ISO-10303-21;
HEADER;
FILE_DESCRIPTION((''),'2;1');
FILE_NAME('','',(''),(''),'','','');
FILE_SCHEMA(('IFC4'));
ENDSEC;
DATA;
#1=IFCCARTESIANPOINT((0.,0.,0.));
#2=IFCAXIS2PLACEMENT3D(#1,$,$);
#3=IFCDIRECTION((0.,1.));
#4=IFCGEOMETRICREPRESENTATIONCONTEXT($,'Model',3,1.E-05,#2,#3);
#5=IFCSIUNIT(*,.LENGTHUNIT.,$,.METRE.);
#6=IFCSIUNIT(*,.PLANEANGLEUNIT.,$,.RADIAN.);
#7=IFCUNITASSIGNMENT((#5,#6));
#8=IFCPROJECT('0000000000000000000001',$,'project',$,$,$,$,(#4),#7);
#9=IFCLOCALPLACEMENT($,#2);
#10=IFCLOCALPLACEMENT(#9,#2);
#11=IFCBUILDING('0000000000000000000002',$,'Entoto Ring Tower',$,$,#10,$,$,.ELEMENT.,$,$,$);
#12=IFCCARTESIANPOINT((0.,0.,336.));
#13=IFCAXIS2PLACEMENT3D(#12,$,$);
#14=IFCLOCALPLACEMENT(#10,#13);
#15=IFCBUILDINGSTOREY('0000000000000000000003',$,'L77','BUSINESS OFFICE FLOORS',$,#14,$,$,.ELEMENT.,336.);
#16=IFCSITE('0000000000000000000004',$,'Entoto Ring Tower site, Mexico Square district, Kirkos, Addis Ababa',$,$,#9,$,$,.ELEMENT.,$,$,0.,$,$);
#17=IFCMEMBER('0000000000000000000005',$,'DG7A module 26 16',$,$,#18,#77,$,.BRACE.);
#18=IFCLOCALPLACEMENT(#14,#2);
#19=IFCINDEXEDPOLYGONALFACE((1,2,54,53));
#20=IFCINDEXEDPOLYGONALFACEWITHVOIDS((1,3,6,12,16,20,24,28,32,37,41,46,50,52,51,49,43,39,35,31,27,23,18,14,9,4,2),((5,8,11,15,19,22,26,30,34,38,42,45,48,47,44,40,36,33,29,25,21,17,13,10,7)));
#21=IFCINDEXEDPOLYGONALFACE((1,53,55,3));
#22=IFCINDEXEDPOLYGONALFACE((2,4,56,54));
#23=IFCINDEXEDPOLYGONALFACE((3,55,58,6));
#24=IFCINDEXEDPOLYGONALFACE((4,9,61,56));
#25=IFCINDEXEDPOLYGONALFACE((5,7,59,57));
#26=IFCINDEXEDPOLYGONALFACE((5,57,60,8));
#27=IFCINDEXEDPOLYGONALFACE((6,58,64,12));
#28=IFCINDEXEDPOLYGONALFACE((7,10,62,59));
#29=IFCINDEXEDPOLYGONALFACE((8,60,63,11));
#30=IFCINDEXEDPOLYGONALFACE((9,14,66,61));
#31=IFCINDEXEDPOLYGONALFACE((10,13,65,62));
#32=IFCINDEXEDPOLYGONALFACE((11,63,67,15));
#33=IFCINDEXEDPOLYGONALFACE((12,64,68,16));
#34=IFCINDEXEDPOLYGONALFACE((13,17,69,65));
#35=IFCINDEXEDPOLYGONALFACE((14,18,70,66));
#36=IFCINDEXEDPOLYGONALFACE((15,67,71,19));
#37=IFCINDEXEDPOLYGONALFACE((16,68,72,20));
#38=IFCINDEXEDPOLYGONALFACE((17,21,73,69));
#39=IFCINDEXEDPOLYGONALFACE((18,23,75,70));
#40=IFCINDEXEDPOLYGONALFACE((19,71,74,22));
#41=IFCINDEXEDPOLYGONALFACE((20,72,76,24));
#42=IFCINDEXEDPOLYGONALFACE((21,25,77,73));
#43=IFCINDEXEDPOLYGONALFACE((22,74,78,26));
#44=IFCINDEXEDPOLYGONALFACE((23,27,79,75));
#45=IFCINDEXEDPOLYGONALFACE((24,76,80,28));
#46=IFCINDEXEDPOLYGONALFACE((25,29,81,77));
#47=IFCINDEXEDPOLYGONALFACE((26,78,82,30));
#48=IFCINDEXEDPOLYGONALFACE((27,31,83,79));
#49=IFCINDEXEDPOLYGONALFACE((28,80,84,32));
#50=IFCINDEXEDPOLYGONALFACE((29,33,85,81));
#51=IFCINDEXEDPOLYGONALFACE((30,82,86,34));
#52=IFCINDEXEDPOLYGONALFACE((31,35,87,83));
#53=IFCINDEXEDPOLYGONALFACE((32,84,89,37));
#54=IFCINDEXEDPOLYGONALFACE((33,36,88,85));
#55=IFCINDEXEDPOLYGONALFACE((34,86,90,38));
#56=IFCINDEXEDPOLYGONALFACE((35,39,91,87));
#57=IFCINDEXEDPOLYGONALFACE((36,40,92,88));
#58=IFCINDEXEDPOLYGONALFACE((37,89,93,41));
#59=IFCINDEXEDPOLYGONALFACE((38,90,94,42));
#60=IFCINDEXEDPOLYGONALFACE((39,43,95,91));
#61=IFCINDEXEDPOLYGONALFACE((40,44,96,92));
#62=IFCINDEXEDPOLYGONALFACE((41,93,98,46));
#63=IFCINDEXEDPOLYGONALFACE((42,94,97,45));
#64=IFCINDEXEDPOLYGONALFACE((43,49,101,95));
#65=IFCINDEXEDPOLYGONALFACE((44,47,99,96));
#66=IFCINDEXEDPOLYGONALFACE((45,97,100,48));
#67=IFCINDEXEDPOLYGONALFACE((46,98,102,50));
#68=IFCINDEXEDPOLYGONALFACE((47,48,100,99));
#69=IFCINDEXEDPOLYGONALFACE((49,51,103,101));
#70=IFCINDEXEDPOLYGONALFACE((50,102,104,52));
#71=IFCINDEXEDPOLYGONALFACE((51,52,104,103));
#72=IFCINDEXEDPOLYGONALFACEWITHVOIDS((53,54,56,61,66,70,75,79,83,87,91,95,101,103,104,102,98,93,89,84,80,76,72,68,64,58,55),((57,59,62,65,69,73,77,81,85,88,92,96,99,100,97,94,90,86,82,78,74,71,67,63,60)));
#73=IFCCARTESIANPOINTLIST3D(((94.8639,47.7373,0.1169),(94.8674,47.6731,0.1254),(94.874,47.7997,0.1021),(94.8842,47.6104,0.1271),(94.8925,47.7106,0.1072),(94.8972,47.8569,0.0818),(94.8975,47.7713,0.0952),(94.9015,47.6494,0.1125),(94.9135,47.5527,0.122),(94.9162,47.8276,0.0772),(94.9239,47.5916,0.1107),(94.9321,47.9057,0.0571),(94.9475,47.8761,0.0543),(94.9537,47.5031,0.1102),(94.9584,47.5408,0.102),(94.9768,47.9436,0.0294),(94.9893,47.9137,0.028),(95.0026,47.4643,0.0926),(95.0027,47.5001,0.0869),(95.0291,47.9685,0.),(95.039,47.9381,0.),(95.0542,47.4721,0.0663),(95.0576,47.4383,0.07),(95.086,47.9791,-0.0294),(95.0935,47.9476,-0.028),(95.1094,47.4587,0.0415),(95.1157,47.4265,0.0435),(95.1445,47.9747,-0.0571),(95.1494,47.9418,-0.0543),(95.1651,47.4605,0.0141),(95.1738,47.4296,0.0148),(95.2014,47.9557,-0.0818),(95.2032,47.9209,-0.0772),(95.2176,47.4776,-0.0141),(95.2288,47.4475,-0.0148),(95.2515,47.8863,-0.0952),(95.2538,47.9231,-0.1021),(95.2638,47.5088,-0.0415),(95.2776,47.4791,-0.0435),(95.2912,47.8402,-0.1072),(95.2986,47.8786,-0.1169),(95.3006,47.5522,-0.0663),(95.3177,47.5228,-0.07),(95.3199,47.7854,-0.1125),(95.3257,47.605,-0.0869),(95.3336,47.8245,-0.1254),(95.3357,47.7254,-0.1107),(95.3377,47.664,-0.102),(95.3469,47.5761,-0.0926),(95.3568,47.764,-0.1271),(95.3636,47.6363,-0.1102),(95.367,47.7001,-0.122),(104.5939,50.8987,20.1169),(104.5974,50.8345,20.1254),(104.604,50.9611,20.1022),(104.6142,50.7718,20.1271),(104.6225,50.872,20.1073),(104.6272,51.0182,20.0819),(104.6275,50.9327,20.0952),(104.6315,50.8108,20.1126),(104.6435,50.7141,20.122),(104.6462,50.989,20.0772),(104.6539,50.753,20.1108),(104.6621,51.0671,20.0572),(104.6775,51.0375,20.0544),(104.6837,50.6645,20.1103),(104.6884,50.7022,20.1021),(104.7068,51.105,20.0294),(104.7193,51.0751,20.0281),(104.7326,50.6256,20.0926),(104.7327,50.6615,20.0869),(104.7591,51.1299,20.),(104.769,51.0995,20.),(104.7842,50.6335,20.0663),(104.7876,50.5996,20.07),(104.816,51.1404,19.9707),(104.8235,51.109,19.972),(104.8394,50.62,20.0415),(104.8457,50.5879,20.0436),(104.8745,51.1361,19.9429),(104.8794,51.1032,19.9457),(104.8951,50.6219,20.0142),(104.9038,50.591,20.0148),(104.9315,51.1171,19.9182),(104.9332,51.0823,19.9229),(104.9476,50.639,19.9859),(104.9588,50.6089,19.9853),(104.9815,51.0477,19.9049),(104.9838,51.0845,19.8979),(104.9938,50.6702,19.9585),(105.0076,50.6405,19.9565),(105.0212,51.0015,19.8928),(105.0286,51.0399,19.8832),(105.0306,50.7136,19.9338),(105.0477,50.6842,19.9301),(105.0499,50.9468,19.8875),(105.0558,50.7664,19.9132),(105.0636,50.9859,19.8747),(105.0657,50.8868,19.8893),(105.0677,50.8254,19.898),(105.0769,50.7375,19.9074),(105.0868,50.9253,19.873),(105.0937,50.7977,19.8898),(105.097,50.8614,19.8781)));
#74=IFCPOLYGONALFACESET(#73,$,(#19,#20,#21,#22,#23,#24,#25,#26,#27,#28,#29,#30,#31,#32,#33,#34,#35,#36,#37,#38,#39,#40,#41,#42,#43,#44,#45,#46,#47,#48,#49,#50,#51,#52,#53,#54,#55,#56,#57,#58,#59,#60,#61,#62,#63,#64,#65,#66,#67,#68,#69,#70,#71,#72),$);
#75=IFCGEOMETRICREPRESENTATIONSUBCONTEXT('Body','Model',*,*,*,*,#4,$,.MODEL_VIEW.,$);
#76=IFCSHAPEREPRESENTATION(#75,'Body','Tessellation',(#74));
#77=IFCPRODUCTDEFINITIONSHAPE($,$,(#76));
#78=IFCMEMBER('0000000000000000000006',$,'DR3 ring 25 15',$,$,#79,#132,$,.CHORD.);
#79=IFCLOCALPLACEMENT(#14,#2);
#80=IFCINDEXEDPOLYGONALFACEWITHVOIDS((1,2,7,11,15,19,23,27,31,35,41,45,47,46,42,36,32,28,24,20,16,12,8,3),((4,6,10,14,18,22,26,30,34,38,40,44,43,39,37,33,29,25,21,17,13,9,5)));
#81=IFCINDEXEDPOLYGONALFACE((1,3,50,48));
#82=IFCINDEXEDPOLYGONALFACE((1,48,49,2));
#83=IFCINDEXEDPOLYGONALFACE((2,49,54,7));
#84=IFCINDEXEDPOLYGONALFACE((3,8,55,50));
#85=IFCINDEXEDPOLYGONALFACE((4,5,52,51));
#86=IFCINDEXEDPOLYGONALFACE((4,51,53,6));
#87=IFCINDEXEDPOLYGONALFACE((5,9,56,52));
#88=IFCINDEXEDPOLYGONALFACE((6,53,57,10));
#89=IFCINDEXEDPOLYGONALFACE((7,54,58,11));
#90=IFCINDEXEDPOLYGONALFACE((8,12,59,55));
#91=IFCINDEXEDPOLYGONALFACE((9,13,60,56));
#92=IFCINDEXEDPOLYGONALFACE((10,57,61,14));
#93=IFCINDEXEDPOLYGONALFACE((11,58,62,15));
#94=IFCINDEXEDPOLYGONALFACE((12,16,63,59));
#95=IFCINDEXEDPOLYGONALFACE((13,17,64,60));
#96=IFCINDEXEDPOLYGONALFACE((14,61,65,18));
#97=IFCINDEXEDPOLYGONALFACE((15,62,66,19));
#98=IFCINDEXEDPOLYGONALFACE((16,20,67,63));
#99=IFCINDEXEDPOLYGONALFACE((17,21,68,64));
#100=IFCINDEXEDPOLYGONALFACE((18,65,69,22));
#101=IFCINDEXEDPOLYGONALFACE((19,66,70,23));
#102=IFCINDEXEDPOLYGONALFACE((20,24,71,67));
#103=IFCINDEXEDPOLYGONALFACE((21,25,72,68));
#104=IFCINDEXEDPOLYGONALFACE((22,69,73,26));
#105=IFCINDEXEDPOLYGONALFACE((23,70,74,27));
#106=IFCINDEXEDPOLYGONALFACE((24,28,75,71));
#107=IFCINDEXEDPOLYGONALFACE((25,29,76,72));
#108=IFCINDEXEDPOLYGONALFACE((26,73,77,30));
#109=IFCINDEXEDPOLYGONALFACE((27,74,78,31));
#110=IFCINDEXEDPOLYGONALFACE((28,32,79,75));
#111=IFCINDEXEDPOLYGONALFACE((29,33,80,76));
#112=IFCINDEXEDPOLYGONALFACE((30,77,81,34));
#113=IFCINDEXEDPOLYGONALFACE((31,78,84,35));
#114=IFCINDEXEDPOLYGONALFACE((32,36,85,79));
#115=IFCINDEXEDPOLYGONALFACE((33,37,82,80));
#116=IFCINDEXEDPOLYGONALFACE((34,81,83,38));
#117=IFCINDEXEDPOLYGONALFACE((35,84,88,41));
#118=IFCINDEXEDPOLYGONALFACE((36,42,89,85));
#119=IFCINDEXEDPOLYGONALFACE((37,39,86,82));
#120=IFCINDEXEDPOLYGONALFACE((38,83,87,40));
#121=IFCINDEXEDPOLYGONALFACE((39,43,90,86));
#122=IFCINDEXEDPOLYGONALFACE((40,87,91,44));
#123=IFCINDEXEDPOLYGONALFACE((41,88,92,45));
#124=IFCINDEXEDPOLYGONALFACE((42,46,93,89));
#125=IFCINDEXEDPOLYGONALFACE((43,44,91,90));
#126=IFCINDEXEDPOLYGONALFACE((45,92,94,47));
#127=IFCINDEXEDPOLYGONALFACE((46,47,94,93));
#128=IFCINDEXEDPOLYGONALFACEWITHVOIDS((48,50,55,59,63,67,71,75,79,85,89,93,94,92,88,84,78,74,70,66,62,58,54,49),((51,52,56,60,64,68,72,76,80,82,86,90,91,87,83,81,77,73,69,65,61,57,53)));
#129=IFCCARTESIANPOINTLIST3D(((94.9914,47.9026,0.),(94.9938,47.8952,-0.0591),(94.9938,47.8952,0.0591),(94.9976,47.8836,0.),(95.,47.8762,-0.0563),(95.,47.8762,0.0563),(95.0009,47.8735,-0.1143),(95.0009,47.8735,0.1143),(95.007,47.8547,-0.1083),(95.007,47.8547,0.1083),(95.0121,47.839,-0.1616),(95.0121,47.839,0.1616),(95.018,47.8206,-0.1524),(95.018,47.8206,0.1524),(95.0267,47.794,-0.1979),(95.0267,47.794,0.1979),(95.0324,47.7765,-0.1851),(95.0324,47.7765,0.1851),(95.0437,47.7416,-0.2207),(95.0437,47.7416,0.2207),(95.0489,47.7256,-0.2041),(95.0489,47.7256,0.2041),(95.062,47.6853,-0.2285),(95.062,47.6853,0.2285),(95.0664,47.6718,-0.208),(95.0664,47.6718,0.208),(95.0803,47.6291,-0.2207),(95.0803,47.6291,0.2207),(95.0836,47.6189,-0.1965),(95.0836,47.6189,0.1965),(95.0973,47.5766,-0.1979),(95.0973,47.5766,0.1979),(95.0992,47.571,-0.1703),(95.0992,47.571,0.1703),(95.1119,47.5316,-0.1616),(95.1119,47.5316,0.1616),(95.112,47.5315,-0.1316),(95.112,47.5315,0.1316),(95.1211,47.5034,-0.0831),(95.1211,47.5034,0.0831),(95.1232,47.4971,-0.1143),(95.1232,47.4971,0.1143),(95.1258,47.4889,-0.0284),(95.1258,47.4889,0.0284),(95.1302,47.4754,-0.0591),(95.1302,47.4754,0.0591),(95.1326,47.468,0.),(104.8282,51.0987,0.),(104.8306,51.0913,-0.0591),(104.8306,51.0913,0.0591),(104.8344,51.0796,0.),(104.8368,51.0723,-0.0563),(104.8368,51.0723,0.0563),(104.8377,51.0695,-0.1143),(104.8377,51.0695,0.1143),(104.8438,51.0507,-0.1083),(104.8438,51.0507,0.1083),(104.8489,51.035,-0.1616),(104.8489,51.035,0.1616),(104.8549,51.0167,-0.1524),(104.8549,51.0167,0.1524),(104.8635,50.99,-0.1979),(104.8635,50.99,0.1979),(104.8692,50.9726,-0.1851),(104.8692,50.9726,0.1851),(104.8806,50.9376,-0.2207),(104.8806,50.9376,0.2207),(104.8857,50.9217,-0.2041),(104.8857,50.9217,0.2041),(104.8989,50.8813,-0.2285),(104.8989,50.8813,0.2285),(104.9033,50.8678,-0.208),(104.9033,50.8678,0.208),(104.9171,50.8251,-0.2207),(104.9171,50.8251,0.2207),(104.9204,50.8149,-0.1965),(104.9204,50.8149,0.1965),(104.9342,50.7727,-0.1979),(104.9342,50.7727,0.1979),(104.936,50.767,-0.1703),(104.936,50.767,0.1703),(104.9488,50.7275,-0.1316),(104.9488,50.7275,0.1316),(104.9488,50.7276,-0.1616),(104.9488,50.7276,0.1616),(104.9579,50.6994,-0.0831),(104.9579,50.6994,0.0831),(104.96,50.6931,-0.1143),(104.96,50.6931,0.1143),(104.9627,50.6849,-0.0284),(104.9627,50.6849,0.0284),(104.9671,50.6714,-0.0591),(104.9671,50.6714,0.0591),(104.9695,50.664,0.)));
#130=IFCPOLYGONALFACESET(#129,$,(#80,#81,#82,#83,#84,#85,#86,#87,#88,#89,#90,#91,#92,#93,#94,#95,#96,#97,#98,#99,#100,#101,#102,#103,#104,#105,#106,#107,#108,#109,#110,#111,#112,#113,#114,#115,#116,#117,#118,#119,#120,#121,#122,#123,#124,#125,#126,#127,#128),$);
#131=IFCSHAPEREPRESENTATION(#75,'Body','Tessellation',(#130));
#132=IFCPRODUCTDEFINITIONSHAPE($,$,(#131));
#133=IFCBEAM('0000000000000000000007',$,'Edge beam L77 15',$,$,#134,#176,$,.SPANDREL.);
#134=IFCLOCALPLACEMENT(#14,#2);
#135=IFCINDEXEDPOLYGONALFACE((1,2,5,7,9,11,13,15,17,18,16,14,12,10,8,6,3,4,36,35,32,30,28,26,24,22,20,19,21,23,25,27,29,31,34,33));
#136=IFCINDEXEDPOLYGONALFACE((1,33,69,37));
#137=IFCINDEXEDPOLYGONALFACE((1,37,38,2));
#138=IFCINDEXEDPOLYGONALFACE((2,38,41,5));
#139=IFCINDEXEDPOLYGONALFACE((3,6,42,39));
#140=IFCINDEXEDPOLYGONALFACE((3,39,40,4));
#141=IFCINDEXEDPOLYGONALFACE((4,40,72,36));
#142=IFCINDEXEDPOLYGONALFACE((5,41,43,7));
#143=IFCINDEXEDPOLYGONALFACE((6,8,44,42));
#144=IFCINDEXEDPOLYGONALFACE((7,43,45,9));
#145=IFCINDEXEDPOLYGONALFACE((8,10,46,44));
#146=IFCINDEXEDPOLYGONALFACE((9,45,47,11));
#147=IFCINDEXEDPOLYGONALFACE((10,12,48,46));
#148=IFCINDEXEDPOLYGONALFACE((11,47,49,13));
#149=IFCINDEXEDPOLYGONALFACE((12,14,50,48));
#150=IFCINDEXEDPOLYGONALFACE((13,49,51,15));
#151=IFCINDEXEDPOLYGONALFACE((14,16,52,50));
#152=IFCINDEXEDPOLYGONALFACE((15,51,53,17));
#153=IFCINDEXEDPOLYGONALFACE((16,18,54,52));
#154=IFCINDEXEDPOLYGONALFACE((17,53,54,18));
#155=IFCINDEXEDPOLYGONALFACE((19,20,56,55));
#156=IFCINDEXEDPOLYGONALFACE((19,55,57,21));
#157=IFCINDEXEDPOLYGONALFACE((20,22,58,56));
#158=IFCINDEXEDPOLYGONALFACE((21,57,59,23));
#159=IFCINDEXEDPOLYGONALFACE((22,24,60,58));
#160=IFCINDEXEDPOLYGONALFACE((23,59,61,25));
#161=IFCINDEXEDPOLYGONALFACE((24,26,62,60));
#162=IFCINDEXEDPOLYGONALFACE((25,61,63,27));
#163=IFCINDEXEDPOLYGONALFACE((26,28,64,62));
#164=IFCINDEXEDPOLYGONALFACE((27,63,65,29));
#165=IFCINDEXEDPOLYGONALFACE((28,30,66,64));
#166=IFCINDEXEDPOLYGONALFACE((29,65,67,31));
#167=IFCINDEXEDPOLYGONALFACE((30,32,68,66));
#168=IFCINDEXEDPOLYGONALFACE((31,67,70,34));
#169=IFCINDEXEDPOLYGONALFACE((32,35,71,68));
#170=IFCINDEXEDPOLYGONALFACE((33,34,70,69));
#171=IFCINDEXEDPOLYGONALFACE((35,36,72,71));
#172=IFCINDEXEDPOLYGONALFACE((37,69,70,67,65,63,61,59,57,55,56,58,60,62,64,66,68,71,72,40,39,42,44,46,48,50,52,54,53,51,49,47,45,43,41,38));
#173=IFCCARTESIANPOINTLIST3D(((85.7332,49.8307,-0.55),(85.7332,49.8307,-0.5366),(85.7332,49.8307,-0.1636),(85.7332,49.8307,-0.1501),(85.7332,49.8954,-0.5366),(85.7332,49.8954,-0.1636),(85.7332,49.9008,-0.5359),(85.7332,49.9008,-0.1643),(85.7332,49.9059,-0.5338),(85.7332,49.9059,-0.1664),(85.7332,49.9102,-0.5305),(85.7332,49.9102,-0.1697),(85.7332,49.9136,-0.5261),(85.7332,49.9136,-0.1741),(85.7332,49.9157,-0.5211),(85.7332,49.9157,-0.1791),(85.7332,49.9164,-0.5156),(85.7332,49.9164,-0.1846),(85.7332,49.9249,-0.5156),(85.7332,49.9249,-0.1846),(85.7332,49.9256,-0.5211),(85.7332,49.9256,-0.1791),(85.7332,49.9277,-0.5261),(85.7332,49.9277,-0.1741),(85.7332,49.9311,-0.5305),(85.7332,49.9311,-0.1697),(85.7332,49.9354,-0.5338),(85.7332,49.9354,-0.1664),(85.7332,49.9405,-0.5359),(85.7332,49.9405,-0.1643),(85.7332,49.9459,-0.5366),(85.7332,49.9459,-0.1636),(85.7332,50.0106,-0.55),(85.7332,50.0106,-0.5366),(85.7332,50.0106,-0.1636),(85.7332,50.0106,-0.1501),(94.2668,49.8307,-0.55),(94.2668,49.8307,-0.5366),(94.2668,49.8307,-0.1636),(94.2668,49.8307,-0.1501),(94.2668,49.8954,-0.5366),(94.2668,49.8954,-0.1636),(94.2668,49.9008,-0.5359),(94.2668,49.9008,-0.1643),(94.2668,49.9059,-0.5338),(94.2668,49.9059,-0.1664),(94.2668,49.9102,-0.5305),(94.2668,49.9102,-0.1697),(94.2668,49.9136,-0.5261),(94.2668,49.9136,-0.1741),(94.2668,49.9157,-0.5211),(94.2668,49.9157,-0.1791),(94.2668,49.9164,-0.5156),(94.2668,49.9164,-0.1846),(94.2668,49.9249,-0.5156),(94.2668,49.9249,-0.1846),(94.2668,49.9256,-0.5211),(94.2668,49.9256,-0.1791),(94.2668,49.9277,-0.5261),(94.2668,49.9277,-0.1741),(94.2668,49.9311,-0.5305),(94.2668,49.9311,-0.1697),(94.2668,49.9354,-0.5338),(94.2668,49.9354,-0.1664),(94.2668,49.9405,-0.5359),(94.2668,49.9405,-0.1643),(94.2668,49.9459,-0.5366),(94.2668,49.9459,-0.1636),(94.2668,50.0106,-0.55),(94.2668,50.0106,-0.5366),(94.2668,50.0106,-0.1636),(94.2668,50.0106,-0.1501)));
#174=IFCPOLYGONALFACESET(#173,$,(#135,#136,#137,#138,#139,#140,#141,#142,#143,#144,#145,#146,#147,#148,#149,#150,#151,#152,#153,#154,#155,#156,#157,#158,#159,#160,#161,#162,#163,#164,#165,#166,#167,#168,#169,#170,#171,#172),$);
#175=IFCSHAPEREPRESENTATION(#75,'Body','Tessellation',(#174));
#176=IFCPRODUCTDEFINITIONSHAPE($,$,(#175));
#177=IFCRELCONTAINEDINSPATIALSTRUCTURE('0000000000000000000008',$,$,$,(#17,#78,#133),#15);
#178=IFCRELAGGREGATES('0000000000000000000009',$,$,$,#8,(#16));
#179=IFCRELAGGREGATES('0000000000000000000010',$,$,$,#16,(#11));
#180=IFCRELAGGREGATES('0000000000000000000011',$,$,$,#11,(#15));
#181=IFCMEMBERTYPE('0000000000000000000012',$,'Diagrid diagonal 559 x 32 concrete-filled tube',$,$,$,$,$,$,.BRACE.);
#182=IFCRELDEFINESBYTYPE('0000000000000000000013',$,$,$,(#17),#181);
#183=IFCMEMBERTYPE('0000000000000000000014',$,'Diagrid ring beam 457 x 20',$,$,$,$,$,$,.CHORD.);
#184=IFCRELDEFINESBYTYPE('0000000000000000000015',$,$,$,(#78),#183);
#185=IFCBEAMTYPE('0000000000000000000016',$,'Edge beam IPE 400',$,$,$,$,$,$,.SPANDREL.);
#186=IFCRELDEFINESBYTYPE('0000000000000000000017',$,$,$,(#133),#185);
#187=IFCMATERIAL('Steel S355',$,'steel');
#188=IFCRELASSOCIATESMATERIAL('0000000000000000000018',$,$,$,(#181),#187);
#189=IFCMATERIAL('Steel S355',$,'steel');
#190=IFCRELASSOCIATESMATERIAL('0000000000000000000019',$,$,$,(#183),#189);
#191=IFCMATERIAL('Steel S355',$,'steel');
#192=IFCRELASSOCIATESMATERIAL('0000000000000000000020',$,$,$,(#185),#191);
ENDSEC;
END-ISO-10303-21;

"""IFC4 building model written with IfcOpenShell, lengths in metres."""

from ifc_helpers import new_model, si_unit, direction, frame, origin, origin_2d, place, context, subcontext, project, spatial, circle, hollow_circle, i_section, extrude, material, material_profile, profile_set, type_object, element, save


model = new_model("IFC4")

# Units and contexts
model_context = context("Model", 3, precision=1e-05, world=origin(), true_north=direction((0.0, 1.0)))
body_context = subcontext(model_context, "Body", "Model", "MODEL_VIEW")
ifc_project = project(units=[si_unit("LENGTHUNIT", "METRE"), si_unit("PLANEANGLEUNIT", "RADIAN")], contexts=[model_context])

# Site, building, storey
site_placement = place(None, origin())
site = spatial("IfcSite", under=ifc_project, at=site_placement, Name="Entoto Ring Tower site, Mexico Square district, Kirkos, Addis Ababa", CompositionType="ELEMENT", RefElevation=0.0)
building_placement = place(site_placement, origin())
building = spatial("IfcBuilding", under=site, at=building_placement, Name="Entoto Ring Tower", CompositionType="ELEMENT")
storey_placement = place(building_placement, frame((0.0, 0.0, 336.0)))
storey = spatial("IfcBuildingStorey", under=building, at=storey_placement, Name="L77", Description="BUSINESS OFFICE FLOORS", CompositionType="ELEMENT", Elevation=336.0)

# Members
ifc_material_1 = material(Name="Steel S355", Category="steel")
ifc_material_profile_1 = material_profile(ifc_material_1, hollow_circle(Radius=0.2795, WallThickness=0.032, at=origin_2d()), Name="CHS 559 x 32")
ifc_material_2 = material(Name="Concrete C60/75", Category="concrete")
ifc_material_profile_2 = material_profile(ifc_material_2, circle(Radius=0.2476, at=origin_2d()), Name="Concrete C60/75 infill")
ifc_profile_set_1 = profile_set([ifc_material_profile_1, ifc_material_profile_2], Name="Steel S355")
member_type_1 = type_object("IfcMemberType", Name="Diagrid diagonal 559 x 32 concrete-filled tube", PredefinedType="BRACE", material=ifc_profile_set_1)
for number, where, z_axis, x_axis, name in (
    (1, (95.1155, 47.7026, 0.0), (0.433121, 0.140726, 0.890282), (-0.309009, 0.951059, 0.0), "DG7A module 26 16"),
):
    element("IfcMember", number, at=place(storey_placement, frame(where, z_axis=z_axis, x_axis=x_axis)), inside=storey, type_object=member_type_1, Name=name, PredefinedType="BRACE", context=body_context, shape_type="SweptSolid", body=[
        extrude(hollow_circle(Radius=0.2795, WallThickness=0.032, at=origin_2d()), origin(), (0.0, 0.0, 1.0), 22.4648),
    ])
ifc_material_3 = material(Name="Steel S355", Category="steel")
ifc_material_profile_3 = material_profile(ifc_material_3, hollow_circle(Radius=0.2285, WallThickness=0.02, at=origin_2d()), Name="CHS 457 x 20")
ifc_material_4 = material(Name="Concrete C60/75", Category="concrete")
ifc_material_profile_4 = material_profile(ifc_material_4, circle(Radius=0.2085, at=origin_2d()), Name="Concrete C60/75 infill")
ifc_profile_set_2 = profile_set([ifc_material_profile_3, ifc_material_profile_4], Name="Steel S355")
member_type_2 = type_object("IfcMemberType", Name="Diagrid ring beam 457 x 20", PredefinedType="CHORD", material=ifc_profile_set_2)
member_placement = place(storey_placement, frame((95.062, 47.6853, 0.0), z_axis=(0.951061, 0.309003, 0.0), x_axis=(-0.309003, 0.951061, 0.0)))
element("IfcMember", 2, at=member_placement, inside=storey, type_object=member_type_2, Name="DR3 ring 25 15", PredefinedType="CHORD", context=body_context, shape_type="SweptSolid", body=[
    extrude(hollow_circle(Radius=0.2285, WallThickness=0.02, at=origin_2d()), origin(), (0.0, 0.0, 1.0), 10.343),
])

# Beam
ifc_material_5 = material(Name="Steel S355", Category="steel")
ifc_material_profile_5 = material_profile(ifc_material_5, i_section(OverallWidth=0.1799, OverallDepth=0.3999, WebThickness=0.0085, FlangeThickness=0.0134, FilletRadius=0.021, at=origin_2d()), Name="IPE 400")
ifc_profile_set_3 = profile_set([ifc_material_profile_5], Name="Steel S355")
beam_type_1 = type_object("IfcBeamType", Name="Edge beam IPE 400", PredefinedType="SPANDREL", material=ifc_profile_set_3)
beam_1_placement = place(storey_placement, frame((85.7332, 49.9207, -0.3501), z_axis=(1.0, 0.0, 0.0), x_axis=(0.0, 1.0, 0.0)))
element("IfcBeam", 3, at=beam_1_placement, inside=storey, type_object=beam_type_1, Name="Edge beam L77 15", PredefinedType="SPANDREL", context=body_context, shape_type="SweptSolid", body=[
    extrude(i_section(OverallWidth=0.1799, OverallDepth=0.3999, WebThickness=0.0085, FlangeThickness=0.0134, FilletRadius=0.021, at=origin_2d()), origin(), (0.0, 0.0, 1.0), 8.5337),
])

save(model, "model.ifc")
